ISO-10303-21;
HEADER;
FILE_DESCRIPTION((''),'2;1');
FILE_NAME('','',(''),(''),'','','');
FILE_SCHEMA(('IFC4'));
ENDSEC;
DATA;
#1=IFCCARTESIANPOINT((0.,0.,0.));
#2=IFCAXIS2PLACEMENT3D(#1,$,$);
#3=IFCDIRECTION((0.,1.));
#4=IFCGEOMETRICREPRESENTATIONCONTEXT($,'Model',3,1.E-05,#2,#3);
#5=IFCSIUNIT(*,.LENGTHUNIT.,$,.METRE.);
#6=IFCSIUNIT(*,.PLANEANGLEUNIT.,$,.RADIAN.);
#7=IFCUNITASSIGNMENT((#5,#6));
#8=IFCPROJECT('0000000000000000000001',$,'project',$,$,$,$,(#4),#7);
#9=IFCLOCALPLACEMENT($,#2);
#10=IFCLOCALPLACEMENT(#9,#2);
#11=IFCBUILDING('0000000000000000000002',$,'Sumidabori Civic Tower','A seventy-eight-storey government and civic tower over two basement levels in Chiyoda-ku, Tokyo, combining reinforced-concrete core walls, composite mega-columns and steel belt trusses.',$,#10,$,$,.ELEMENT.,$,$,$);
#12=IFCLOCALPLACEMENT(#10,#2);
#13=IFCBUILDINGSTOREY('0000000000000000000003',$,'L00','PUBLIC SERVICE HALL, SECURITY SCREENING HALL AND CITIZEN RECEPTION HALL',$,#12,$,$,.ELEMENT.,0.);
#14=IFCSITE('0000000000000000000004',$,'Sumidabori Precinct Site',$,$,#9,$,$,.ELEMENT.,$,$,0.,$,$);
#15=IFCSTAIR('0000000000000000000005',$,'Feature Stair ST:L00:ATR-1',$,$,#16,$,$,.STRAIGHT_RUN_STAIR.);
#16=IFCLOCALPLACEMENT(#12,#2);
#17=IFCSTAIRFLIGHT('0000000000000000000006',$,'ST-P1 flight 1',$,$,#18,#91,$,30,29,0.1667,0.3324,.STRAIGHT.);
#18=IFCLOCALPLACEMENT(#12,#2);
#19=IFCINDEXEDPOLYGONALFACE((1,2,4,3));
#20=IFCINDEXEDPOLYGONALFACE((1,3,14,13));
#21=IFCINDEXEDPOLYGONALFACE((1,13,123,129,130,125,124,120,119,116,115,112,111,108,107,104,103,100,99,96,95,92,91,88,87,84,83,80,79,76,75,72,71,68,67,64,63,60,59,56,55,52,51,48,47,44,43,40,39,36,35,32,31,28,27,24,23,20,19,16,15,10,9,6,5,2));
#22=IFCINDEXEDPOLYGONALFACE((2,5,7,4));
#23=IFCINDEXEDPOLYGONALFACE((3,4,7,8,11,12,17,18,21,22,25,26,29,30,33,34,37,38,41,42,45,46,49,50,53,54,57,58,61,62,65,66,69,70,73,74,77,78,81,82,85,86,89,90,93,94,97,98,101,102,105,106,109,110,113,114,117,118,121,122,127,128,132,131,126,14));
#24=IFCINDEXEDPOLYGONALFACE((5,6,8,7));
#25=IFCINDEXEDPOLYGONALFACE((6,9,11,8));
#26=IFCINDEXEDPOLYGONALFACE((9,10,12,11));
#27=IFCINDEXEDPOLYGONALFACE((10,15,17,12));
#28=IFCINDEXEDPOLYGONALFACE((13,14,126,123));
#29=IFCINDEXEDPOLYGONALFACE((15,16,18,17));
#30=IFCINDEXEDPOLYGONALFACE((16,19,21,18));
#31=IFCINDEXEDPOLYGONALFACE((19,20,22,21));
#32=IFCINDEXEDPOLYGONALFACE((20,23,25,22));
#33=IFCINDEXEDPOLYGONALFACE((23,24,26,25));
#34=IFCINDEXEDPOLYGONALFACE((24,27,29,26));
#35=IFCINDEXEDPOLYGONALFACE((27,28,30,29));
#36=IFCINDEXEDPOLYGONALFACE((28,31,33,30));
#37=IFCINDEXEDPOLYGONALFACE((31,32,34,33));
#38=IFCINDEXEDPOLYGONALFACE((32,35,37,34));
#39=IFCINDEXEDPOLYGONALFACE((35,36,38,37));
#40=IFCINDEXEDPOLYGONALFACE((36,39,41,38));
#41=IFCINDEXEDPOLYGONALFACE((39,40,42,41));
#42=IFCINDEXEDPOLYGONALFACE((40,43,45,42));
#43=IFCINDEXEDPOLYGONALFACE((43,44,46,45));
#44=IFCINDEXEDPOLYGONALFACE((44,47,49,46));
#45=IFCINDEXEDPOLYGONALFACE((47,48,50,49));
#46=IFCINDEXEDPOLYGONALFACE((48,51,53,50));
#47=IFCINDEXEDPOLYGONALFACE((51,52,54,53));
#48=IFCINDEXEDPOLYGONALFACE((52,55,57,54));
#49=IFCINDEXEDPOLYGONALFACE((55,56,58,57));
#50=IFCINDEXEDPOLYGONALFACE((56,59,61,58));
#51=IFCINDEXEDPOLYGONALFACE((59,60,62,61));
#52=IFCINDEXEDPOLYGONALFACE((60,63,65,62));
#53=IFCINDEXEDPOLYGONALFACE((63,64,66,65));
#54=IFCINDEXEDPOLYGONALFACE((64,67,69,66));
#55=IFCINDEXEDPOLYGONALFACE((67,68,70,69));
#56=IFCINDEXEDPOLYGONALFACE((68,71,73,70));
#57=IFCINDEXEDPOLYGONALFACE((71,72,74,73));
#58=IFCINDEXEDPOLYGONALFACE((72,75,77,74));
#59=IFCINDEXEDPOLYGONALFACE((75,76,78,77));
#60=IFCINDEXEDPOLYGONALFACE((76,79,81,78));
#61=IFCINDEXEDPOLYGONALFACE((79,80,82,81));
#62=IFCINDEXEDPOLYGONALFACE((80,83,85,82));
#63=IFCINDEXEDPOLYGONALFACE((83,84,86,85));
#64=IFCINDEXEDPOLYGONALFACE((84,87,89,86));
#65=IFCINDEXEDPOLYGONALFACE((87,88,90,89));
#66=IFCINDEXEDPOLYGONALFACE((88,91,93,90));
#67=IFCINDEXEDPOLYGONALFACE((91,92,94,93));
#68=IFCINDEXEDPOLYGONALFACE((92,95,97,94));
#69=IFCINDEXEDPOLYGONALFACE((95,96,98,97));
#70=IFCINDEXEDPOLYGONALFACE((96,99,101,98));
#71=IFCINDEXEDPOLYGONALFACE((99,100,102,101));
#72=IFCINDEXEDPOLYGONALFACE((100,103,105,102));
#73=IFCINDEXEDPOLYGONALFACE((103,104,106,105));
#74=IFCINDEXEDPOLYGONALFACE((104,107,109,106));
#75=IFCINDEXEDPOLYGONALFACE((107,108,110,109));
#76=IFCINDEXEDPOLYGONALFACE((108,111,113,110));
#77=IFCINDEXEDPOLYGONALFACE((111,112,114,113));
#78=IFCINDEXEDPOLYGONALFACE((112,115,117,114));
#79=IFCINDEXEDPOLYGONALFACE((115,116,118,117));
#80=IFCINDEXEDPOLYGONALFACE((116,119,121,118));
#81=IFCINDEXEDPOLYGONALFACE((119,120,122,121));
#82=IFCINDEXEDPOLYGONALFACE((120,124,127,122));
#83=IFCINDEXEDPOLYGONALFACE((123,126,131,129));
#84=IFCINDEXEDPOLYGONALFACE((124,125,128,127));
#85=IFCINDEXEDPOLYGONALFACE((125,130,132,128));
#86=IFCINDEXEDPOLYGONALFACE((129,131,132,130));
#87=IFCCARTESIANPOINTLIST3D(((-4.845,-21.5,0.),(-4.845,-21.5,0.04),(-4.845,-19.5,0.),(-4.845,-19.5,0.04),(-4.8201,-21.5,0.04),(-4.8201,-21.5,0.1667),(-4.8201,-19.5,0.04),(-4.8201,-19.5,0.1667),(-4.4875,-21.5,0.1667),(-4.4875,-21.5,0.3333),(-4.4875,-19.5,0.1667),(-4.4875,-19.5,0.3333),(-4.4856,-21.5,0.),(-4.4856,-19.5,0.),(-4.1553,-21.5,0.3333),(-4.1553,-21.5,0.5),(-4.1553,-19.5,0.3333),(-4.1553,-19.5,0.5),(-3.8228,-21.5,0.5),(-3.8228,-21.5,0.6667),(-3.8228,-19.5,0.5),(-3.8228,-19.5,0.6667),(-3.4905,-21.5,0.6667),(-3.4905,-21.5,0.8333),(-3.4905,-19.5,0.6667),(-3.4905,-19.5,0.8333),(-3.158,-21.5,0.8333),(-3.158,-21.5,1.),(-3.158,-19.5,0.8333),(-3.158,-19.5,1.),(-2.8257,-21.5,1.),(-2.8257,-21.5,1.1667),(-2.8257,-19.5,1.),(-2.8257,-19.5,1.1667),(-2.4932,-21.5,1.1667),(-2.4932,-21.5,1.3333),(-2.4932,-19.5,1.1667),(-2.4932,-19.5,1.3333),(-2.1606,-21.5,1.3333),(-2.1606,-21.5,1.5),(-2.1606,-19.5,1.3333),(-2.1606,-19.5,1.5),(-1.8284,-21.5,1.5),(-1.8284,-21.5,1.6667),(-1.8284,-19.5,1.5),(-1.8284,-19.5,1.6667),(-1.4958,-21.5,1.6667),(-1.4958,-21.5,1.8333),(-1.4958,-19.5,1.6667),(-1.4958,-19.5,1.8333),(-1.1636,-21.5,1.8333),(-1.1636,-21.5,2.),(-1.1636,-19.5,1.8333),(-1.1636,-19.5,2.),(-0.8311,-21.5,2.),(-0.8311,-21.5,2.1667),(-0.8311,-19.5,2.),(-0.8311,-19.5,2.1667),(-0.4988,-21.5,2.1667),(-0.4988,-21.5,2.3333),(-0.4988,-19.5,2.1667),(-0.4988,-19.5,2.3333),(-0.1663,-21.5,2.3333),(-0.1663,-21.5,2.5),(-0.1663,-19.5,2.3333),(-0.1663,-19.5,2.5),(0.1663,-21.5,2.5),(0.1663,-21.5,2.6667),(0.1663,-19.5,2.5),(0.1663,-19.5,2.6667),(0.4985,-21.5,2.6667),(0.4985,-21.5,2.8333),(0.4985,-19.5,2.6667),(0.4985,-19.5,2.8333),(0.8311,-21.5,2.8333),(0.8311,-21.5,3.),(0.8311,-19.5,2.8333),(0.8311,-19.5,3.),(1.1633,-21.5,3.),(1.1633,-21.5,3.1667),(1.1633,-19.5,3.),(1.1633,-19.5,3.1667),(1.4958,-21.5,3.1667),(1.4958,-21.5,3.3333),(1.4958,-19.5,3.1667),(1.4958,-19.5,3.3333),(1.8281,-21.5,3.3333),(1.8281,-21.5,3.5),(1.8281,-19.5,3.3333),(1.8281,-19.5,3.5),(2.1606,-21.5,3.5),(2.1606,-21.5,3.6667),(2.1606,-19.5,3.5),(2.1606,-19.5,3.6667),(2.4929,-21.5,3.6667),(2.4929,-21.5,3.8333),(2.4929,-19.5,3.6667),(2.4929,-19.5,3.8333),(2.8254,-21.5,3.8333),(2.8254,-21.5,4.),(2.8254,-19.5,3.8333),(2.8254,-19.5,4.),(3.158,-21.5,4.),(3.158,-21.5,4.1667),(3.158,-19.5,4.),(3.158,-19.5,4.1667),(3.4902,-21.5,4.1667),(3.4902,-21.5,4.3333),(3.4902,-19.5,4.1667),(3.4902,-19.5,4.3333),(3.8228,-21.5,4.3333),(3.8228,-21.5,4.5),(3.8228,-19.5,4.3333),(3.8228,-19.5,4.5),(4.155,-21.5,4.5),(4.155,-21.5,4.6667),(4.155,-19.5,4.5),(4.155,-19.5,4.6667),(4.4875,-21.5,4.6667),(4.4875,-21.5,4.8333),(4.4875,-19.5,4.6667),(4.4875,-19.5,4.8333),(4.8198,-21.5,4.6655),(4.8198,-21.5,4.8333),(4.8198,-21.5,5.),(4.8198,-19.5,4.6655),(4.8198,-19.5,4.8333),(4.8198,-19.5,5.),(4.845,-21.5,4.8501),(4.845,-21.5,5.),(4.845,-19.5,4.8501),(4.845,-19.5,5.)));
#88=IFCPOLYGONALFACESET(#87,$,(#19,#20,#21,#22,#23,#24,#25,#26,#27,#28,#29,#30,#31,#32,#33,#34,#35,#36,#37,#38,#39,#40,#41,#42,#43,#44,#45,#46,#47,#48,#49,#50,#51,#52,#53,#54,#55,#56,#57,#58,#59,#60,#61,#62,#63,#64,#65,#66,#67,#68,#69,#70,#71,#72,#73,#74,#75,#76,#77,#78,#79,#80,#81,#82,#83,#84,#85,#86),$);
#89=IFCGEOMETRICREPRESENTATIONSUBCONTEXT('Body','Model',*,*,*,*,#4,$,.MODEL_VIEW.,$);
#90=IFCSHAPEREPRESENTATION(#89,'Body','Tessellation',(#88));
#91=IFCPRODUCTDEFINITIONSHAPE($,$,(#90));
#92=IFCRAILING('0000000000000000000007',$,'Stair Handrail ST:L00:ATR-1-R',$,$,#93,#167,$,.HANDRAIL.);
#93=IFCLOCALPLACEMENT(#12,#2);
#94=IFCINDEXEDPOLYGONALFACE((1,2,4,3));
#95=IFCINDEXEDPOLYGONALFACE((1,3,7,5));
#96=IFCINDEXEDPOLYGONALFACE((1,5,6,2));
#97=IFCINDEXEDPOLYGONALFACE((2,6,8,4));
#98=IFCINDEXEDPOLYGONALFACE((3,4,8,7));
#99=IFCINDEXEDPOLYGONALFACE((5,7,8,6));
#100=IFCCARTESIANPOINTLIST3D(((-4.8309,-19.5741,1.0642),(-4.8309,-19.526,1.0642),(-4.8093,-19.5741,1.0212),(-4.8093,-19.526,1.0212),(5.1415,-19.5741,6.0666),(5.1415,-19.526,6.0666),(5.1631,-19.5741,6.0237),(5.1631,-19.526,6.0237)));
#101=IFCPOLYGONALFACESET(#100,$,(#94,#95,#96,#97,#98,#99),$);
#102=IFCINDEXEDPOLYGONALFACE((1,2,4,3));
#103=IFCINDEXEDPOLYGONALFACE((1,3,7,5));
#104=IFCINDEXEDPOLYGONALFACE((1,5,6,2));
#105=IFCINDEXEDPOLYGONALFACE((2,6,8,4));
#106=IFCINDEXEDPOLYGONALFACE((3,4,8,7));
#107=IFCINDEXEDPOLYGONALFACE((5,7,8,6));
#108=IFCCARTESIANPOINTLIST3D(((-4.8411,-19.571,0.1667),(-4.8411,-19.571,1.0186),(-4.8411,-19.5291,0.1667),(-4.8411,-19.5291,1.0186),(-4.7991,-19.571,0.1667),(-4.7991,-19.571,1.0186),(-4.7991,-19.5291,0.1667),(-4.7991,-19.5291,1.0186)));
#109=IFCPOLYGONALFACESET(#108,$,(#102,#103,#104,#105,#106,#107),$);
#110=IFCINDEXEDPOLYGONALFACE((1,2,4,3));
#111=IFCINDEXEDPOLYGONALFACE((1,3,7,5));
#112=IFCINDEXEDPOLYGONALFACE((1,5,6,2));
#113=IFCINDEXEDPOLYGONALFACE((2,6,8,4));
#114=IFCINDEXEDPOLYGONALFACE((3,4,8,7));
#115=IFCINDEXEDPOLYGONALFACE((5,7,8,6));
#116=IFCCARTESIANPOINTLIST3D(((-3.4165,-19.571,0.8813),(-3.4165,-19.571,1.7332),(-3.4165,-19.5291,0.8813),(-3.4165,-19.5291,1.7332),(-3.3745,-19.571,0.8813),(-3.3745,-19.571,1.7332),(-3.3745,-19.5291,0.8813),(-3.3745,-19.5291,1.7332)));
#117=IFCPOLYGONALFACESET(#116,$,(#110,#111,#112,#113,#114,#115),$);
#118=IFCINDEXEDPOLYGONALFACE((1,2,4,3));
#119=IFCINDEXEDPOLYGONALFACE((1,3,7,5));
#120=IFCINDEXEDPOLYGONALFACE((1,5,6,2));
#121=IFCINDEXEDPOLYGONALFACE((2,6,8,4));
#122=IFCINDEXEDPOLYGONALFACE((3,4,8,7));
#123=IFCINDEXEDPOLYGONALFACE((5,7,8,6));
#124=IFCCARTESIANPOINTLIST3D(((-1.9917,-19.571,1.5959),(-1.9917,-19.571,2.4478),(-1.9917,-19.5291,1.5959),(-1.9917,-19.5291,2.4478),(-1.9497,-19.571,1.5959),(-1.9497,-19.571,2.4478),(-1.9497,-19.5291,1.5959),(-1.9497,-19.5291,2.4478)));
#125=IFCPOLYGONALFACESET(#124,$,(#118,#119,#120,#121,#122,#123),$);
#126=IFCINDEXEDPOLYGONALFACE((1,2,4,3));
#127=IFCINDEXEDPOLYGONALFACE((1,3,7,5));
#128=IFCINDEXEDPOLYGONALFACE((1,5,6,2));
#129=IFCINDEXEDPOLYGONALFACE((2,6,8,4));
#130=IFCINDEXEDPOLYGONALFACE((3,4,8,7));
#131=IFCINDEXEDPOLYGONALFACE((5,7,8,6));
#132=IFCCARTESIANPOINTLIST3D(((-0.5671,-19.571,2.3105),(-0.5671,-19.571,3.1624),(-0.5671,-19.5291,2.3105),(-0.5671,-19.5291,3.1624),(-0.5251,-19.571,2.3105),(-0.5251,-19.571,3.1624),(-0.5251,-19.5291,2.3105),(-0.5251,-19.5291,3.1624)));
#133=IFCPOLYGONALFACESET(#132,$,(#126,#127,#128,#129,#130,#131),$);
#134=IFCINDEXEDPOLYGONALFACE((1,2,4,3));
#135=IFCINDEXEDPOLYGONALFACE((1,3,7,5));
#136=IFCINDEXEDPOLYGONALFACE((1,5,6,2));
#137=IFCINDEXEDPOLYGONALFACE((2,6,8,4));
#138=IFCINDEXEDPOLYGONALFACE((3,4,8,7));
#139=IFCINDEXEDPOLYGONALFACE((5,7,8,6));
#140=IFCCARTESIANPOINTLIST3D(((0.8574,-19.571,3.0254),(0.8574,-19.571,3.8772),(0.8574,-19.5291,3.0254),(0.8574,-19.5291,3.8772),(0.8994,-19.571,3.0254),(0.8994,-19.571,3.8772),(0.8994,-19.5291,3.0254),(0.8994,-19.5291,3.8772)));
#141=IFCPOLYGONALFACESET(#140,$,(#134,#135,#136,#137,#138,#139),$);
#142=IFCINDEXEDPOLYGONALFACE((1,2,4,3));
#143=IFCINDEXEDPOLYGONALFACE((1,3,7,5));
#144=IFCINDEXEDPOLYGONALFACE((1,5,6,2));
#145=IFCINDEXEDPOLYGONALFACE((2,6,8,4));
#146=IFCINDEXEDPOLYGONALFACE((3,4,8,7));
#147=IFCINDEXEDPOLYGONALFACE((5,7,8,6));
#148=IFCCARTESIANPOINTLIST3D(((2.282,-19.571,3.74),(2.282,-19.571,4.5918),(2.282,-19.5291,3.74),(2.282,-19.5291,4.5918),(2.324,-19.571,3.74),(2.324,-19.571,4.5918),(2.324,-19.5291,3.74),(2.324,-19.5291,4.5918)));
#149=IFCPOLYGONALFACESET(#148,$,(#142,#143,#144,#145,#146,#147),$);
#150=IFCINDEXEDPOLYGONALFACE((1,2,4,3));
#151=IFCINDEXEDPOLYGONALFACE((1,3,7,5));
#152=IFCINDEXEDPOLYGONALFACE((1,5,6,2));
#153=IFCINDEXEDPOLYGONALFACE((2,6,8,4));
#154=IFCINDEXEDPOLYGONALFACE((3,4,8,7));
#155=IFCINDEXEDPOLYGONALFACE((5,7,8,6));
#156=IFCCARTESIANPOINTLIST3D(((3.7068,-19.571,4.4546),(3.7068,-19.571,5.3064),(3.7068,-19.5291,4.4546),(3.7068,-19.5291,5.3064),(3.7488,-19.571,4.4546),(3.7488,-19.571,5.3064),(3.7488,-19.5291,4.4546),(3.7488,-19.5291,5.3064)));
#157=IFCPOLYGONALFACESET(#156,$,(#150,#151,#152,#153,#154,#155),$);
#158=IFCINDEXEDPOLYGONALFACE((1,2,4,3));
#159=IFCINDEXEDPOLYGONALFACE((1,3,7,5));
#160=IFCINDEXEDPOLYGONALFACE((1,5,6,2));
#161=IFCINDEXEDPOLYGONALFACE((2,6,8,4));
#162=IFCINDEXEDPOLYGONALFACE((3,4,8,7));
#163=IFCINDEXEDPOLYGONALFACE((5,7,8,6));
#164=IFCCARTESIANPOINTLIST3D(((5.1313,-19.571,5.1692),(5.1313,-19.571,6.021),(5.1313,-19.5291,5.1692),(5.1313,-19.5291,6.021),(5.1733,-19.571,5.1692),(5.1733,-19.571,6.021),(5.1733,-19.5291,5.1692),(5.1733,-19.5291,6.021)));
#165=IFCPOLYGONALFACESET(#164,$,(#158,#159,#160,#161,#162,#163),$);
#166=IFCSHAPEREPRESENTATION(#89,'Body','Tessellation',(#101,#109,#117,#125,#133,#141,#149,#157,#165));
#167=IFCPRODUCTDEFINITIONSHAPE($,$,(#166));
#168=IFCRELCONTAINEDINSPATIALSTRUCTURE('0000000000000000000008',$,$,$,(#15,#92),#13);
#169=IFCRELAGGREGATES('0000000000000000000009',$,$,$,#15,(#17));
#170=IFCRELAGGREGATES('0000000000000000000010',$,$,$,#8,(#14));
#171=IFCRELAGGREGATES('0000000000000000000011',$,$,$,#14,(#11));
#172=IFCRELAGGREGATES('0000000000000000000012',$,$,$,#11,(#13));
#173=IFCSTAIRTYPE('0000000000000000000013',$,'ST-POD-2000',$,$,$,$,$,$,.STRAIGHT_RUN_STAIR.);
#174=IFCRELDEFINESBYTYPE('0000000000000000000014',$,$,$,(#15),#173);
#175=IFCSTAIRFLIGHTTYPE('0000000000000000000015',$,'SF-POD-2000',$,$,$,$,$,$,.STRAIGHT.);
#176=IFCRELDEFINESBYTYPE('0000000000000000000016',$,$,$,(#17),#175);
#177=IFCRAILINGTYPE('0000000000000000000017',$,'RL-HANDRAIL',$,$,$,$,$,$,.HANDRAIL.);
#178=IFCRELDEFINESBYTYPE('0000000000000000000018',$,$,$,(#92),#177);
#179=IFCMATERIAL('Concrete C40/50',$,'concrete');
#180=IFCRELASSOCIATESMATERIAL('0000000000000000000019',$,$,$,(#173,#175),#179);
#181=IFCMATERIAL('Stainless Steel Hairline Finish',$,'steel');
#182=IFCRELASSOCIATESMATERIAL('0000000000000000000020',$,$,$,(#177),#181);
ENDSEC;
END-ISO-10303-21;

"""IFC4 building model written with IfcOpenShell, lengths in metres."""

from ifc_helpers import new_model, si_unit, direction, frame, origin, origin_2d, place, context, subcontext, project, spatial, polyline, rectangle, outline, extrude, source, transform, mapped, material, type_object, element, aggregate, save


model = new_model("IFC4")

# Units and contexts
model_context = context("Model", 3, precision=1e-05, world=origin(), true_north=direction((0.0, 1.0)))
body_context = subcontext(model_context, "Body", "Model", "MODEL_VIEW")
ifc_project = project(units=[si_unit("LENGTHUNIT", "METRE"), si_unit("PLANEANGLEUNIT", "RADIAN")], contexts=[model_context])

# Site, building, storey
site_placement = place(None, origin())
site = spatial("IfcSite", under=ifc_project, at=site_placement, Name="Sumidabori Precinct Site", CompositionType="ELEMENT", RefElevation=0.0)
building_placement = place(site_placement, origin())
building = spatial("IfcBuilding", under=site, at=building_placement, Name="Sumidabori Civic Tower", Description="A seventy-eight-storey government and civic tower over two basement levels in Chiyoda-ku, Tokyo, combining reinforced-concrete core walls, composite mega-columns and steel belt trusses.", CompositionType="ELEMENT")
storey_placement = place(building_placement, origin())
storey = spatial("IfcBuildingStorey", under=building, at=storey_placement, Name="L00", Description="PUBLIC SERVICE HALL, SECURITY SCREENING HALL AND CITIZEN RECEPTION HALL", CompositionType="ELEMENT", Elevation=0.0)

# Shared definitions
ifc_material_1 = material(Name="Concrete C40/50", Category="concrete")

# Stair, stair flight
stair_type = type_object("IfcStairType", Name="ST-POD-2000", PredefinedType="STRAIGHT_RUN_STAIR", material=ifc_material_1)
stair_placement = place(storey_placement, origin())
stair = element("IfcStair", 1, at=stair_placement, inside=storey, type_object=stair_type, Name="Feature Stair ST:L00:ATR-1", PredefinedType="STRAIGHT_RUN_STAIR")
stair_flight_type = type_object("IfcStairFlightType", Name="SF-POD-2000", PredefinedType="STRAIGHT", material=ifc_material_1)
shared_shape_1 = source(origin(), body_context, "Body", "SweptSolid", [
    extrude(outline(polyline([(-0.0249, 0.0), (-0.0249, 0.04), (0.0, 0.04), (0.0, 0.1667), (0.3325, 0.1667), (0.3325, 0.3333), (0.6648, 0.3333), (0.6648, 0.5), (0.9973, 0.5), (0.9973, 0.6667), (1.3296, 0.6667), (1.3296, 0.8333), (1.6621, 0.8333), (1.6621, 1.0), (1.9944, 1.0), (1.9944, 1.1667), (2.3269, 1.1667), (2.3269, 1.3333), (2.6594, 1.3333), (2.6594, 1.5), (2.9917, 1.5), (2.9917, 1.6667), (3.3242, 1.6667), (3.3242, 1.8333), (3.6565, 1.8333), (3.6565, 2.0), (3.989, 2.0), (3.989, 2.1667), (4.3213, 2.1667), (4.3213, 2.3333), (4.6538, 2.3333), (4.6538, 2.5), (4.9863, 2.5), (4.9863, 2.6667), (5.3186, 2.6667), (5.3186, 2.8333), (5.6511, 2.8333), (5.6511, 3.0), (5.9834, 3.0), (5.9834, 3.1667), (6.3159, 3.1667), (6.3159, 3.3333), (6.6482, 3.3333), (6.6482, 3.5), (6.9807, 3.5), (6.9807, 3.6667), (7.313, 3.6667), (7.313, 3.8333), (7.6455, 3.8333), (7.6455, 4.0), (7.978, 4.0), (7.978, 4.1667), (8.3103, 4.1667), (8.3103, 4.3333), (8.6428, 4.3333), (8.6428, 4.5), (8.9751, 4.5), (8.9751, 4.6667), (9.3076, 4.6667), (9.3076, 4.8333), (9.6399, 4.8333), (9.6399, 5.0), (9.665, 5.0), (9.665, 4.8501), (9.6399, 4.6655), (0.3345, 0.0), (-0.0249, 0.0)])), frame((0.0, 1.0, 0.0), z_axis=(0.0, -1.0, 0.0), x_axis=(1.0, 0.0, 0.0)), (0.0, 0.0, 1.0), 2.0),
])
stair_flight_placement = place(storey_placement, frame((-4.8201, -20.5, 0.0), z_axis=(0.0, 0.0, 1.0), x_axis=(1.0, 0.0, 0.0)))
stair_flight = element("IfcStairFlight", 2, at=stair_flight_placement, type_object=stair_flight_type, Name="ST-P1 flight 1", NumberOfRisers=30, NumberOfTreads=29, PredefinedType="STRAIGHT", RiserHeight=0.1667, TreadLength=0.3324, context=body_context, shape_type="MappedRepresentation", body=[
    mapped(shared_shape_1, transform((0.0, 0.0, 0.0), x_axis=(1.0, 0.0, 0.0), y_axis=(0.0, 1.0, 0.0), z_axis=(0.0, 0.0, 1.0), scale=1.0)),
])
aggregate(stair, [stair_flight])

# Railing
ifc_material_2 = material(Name="Stainless Steel Hairline Finish", Category="steel")
railing_type = type_object("IfcRailingType", Name="RL-HANDRAIL", PredefinedType="HANDRAIL", material=ifc_material_2)
railing_placement = place(storey_placement, frame((-4.8201, -19.55, 0.1667)))
element("IfcRailing", 3, at=railing_placement, inside=storey, type_object=railing_type, Name="Stair Handrail ST:L00:ATR-1-R", PredefinedType="HANDRAIL", context=body_context, shape_type="SweptSolid", body=[
    extrude(rectangle(XDim=0.0481, YDim=0.0481, at=origin_2d()), frame((0.0, 0.0, 0.876), z_axis=(0.893844, 0.0, 0.448377), x_axis=(0.0, 1.0, 0.0)), (0.0, 0.0, 1.0), 11.1567),
    extrude(rectangle(XDim=0.042, YDim=0.042, at=origin_2d()), origin(), (0.0, 0.0, 1.0), 0.8518),
    extrude(rectangle(XDim=0.042, YDim=0.042, at=origin_2d()), frame((1.4246, 0.0, 0.7146)), (0.0, 0.0, 1.0), 0.8518),
    extrude(rectangle(XDim=0.042, YDim=0.042, at=origin_2d()), frame((2.8494, 0.0, 1.4292)), (0.0, 0.0, 1.0), 0.8518),
    extrude(rectangle(XDim=0.042, YDim=0.042, at=origin_2d()), frame((4.2739, 0.0, 2.1438)), (0.0, 0.0, 1.0), 0.8518),
    extrude(rectangle(XDim=0.042, YDim=0.042, at=origin_2d()), frame((5.6985, 0.0, 2.8586)), (0.0, 0.0, 1.0), 0.8518),
    extrude(rectangle(XDim=0.042, YDim=0.042, at=origin_2d()), frame((7.123, 0.0, 3.5732)), (0.0, 0.0, 1.0), 0.8518),
    extrude(rectangle(XDim=0.042, YDim=0.042, at=origin_2d()), frame((8.5479, 0.0, 4.2878)), (0.0, 0.0, 1.0), 0.8518),
    extrude(rectangle(XDim=0.042, YDim=0.042, at=origin_2d()), frame((9.9724, 0.0, 5.0024)), (0.0, 0.0, 1.0), 0.8518),
])

save(model, "model.ifc")
